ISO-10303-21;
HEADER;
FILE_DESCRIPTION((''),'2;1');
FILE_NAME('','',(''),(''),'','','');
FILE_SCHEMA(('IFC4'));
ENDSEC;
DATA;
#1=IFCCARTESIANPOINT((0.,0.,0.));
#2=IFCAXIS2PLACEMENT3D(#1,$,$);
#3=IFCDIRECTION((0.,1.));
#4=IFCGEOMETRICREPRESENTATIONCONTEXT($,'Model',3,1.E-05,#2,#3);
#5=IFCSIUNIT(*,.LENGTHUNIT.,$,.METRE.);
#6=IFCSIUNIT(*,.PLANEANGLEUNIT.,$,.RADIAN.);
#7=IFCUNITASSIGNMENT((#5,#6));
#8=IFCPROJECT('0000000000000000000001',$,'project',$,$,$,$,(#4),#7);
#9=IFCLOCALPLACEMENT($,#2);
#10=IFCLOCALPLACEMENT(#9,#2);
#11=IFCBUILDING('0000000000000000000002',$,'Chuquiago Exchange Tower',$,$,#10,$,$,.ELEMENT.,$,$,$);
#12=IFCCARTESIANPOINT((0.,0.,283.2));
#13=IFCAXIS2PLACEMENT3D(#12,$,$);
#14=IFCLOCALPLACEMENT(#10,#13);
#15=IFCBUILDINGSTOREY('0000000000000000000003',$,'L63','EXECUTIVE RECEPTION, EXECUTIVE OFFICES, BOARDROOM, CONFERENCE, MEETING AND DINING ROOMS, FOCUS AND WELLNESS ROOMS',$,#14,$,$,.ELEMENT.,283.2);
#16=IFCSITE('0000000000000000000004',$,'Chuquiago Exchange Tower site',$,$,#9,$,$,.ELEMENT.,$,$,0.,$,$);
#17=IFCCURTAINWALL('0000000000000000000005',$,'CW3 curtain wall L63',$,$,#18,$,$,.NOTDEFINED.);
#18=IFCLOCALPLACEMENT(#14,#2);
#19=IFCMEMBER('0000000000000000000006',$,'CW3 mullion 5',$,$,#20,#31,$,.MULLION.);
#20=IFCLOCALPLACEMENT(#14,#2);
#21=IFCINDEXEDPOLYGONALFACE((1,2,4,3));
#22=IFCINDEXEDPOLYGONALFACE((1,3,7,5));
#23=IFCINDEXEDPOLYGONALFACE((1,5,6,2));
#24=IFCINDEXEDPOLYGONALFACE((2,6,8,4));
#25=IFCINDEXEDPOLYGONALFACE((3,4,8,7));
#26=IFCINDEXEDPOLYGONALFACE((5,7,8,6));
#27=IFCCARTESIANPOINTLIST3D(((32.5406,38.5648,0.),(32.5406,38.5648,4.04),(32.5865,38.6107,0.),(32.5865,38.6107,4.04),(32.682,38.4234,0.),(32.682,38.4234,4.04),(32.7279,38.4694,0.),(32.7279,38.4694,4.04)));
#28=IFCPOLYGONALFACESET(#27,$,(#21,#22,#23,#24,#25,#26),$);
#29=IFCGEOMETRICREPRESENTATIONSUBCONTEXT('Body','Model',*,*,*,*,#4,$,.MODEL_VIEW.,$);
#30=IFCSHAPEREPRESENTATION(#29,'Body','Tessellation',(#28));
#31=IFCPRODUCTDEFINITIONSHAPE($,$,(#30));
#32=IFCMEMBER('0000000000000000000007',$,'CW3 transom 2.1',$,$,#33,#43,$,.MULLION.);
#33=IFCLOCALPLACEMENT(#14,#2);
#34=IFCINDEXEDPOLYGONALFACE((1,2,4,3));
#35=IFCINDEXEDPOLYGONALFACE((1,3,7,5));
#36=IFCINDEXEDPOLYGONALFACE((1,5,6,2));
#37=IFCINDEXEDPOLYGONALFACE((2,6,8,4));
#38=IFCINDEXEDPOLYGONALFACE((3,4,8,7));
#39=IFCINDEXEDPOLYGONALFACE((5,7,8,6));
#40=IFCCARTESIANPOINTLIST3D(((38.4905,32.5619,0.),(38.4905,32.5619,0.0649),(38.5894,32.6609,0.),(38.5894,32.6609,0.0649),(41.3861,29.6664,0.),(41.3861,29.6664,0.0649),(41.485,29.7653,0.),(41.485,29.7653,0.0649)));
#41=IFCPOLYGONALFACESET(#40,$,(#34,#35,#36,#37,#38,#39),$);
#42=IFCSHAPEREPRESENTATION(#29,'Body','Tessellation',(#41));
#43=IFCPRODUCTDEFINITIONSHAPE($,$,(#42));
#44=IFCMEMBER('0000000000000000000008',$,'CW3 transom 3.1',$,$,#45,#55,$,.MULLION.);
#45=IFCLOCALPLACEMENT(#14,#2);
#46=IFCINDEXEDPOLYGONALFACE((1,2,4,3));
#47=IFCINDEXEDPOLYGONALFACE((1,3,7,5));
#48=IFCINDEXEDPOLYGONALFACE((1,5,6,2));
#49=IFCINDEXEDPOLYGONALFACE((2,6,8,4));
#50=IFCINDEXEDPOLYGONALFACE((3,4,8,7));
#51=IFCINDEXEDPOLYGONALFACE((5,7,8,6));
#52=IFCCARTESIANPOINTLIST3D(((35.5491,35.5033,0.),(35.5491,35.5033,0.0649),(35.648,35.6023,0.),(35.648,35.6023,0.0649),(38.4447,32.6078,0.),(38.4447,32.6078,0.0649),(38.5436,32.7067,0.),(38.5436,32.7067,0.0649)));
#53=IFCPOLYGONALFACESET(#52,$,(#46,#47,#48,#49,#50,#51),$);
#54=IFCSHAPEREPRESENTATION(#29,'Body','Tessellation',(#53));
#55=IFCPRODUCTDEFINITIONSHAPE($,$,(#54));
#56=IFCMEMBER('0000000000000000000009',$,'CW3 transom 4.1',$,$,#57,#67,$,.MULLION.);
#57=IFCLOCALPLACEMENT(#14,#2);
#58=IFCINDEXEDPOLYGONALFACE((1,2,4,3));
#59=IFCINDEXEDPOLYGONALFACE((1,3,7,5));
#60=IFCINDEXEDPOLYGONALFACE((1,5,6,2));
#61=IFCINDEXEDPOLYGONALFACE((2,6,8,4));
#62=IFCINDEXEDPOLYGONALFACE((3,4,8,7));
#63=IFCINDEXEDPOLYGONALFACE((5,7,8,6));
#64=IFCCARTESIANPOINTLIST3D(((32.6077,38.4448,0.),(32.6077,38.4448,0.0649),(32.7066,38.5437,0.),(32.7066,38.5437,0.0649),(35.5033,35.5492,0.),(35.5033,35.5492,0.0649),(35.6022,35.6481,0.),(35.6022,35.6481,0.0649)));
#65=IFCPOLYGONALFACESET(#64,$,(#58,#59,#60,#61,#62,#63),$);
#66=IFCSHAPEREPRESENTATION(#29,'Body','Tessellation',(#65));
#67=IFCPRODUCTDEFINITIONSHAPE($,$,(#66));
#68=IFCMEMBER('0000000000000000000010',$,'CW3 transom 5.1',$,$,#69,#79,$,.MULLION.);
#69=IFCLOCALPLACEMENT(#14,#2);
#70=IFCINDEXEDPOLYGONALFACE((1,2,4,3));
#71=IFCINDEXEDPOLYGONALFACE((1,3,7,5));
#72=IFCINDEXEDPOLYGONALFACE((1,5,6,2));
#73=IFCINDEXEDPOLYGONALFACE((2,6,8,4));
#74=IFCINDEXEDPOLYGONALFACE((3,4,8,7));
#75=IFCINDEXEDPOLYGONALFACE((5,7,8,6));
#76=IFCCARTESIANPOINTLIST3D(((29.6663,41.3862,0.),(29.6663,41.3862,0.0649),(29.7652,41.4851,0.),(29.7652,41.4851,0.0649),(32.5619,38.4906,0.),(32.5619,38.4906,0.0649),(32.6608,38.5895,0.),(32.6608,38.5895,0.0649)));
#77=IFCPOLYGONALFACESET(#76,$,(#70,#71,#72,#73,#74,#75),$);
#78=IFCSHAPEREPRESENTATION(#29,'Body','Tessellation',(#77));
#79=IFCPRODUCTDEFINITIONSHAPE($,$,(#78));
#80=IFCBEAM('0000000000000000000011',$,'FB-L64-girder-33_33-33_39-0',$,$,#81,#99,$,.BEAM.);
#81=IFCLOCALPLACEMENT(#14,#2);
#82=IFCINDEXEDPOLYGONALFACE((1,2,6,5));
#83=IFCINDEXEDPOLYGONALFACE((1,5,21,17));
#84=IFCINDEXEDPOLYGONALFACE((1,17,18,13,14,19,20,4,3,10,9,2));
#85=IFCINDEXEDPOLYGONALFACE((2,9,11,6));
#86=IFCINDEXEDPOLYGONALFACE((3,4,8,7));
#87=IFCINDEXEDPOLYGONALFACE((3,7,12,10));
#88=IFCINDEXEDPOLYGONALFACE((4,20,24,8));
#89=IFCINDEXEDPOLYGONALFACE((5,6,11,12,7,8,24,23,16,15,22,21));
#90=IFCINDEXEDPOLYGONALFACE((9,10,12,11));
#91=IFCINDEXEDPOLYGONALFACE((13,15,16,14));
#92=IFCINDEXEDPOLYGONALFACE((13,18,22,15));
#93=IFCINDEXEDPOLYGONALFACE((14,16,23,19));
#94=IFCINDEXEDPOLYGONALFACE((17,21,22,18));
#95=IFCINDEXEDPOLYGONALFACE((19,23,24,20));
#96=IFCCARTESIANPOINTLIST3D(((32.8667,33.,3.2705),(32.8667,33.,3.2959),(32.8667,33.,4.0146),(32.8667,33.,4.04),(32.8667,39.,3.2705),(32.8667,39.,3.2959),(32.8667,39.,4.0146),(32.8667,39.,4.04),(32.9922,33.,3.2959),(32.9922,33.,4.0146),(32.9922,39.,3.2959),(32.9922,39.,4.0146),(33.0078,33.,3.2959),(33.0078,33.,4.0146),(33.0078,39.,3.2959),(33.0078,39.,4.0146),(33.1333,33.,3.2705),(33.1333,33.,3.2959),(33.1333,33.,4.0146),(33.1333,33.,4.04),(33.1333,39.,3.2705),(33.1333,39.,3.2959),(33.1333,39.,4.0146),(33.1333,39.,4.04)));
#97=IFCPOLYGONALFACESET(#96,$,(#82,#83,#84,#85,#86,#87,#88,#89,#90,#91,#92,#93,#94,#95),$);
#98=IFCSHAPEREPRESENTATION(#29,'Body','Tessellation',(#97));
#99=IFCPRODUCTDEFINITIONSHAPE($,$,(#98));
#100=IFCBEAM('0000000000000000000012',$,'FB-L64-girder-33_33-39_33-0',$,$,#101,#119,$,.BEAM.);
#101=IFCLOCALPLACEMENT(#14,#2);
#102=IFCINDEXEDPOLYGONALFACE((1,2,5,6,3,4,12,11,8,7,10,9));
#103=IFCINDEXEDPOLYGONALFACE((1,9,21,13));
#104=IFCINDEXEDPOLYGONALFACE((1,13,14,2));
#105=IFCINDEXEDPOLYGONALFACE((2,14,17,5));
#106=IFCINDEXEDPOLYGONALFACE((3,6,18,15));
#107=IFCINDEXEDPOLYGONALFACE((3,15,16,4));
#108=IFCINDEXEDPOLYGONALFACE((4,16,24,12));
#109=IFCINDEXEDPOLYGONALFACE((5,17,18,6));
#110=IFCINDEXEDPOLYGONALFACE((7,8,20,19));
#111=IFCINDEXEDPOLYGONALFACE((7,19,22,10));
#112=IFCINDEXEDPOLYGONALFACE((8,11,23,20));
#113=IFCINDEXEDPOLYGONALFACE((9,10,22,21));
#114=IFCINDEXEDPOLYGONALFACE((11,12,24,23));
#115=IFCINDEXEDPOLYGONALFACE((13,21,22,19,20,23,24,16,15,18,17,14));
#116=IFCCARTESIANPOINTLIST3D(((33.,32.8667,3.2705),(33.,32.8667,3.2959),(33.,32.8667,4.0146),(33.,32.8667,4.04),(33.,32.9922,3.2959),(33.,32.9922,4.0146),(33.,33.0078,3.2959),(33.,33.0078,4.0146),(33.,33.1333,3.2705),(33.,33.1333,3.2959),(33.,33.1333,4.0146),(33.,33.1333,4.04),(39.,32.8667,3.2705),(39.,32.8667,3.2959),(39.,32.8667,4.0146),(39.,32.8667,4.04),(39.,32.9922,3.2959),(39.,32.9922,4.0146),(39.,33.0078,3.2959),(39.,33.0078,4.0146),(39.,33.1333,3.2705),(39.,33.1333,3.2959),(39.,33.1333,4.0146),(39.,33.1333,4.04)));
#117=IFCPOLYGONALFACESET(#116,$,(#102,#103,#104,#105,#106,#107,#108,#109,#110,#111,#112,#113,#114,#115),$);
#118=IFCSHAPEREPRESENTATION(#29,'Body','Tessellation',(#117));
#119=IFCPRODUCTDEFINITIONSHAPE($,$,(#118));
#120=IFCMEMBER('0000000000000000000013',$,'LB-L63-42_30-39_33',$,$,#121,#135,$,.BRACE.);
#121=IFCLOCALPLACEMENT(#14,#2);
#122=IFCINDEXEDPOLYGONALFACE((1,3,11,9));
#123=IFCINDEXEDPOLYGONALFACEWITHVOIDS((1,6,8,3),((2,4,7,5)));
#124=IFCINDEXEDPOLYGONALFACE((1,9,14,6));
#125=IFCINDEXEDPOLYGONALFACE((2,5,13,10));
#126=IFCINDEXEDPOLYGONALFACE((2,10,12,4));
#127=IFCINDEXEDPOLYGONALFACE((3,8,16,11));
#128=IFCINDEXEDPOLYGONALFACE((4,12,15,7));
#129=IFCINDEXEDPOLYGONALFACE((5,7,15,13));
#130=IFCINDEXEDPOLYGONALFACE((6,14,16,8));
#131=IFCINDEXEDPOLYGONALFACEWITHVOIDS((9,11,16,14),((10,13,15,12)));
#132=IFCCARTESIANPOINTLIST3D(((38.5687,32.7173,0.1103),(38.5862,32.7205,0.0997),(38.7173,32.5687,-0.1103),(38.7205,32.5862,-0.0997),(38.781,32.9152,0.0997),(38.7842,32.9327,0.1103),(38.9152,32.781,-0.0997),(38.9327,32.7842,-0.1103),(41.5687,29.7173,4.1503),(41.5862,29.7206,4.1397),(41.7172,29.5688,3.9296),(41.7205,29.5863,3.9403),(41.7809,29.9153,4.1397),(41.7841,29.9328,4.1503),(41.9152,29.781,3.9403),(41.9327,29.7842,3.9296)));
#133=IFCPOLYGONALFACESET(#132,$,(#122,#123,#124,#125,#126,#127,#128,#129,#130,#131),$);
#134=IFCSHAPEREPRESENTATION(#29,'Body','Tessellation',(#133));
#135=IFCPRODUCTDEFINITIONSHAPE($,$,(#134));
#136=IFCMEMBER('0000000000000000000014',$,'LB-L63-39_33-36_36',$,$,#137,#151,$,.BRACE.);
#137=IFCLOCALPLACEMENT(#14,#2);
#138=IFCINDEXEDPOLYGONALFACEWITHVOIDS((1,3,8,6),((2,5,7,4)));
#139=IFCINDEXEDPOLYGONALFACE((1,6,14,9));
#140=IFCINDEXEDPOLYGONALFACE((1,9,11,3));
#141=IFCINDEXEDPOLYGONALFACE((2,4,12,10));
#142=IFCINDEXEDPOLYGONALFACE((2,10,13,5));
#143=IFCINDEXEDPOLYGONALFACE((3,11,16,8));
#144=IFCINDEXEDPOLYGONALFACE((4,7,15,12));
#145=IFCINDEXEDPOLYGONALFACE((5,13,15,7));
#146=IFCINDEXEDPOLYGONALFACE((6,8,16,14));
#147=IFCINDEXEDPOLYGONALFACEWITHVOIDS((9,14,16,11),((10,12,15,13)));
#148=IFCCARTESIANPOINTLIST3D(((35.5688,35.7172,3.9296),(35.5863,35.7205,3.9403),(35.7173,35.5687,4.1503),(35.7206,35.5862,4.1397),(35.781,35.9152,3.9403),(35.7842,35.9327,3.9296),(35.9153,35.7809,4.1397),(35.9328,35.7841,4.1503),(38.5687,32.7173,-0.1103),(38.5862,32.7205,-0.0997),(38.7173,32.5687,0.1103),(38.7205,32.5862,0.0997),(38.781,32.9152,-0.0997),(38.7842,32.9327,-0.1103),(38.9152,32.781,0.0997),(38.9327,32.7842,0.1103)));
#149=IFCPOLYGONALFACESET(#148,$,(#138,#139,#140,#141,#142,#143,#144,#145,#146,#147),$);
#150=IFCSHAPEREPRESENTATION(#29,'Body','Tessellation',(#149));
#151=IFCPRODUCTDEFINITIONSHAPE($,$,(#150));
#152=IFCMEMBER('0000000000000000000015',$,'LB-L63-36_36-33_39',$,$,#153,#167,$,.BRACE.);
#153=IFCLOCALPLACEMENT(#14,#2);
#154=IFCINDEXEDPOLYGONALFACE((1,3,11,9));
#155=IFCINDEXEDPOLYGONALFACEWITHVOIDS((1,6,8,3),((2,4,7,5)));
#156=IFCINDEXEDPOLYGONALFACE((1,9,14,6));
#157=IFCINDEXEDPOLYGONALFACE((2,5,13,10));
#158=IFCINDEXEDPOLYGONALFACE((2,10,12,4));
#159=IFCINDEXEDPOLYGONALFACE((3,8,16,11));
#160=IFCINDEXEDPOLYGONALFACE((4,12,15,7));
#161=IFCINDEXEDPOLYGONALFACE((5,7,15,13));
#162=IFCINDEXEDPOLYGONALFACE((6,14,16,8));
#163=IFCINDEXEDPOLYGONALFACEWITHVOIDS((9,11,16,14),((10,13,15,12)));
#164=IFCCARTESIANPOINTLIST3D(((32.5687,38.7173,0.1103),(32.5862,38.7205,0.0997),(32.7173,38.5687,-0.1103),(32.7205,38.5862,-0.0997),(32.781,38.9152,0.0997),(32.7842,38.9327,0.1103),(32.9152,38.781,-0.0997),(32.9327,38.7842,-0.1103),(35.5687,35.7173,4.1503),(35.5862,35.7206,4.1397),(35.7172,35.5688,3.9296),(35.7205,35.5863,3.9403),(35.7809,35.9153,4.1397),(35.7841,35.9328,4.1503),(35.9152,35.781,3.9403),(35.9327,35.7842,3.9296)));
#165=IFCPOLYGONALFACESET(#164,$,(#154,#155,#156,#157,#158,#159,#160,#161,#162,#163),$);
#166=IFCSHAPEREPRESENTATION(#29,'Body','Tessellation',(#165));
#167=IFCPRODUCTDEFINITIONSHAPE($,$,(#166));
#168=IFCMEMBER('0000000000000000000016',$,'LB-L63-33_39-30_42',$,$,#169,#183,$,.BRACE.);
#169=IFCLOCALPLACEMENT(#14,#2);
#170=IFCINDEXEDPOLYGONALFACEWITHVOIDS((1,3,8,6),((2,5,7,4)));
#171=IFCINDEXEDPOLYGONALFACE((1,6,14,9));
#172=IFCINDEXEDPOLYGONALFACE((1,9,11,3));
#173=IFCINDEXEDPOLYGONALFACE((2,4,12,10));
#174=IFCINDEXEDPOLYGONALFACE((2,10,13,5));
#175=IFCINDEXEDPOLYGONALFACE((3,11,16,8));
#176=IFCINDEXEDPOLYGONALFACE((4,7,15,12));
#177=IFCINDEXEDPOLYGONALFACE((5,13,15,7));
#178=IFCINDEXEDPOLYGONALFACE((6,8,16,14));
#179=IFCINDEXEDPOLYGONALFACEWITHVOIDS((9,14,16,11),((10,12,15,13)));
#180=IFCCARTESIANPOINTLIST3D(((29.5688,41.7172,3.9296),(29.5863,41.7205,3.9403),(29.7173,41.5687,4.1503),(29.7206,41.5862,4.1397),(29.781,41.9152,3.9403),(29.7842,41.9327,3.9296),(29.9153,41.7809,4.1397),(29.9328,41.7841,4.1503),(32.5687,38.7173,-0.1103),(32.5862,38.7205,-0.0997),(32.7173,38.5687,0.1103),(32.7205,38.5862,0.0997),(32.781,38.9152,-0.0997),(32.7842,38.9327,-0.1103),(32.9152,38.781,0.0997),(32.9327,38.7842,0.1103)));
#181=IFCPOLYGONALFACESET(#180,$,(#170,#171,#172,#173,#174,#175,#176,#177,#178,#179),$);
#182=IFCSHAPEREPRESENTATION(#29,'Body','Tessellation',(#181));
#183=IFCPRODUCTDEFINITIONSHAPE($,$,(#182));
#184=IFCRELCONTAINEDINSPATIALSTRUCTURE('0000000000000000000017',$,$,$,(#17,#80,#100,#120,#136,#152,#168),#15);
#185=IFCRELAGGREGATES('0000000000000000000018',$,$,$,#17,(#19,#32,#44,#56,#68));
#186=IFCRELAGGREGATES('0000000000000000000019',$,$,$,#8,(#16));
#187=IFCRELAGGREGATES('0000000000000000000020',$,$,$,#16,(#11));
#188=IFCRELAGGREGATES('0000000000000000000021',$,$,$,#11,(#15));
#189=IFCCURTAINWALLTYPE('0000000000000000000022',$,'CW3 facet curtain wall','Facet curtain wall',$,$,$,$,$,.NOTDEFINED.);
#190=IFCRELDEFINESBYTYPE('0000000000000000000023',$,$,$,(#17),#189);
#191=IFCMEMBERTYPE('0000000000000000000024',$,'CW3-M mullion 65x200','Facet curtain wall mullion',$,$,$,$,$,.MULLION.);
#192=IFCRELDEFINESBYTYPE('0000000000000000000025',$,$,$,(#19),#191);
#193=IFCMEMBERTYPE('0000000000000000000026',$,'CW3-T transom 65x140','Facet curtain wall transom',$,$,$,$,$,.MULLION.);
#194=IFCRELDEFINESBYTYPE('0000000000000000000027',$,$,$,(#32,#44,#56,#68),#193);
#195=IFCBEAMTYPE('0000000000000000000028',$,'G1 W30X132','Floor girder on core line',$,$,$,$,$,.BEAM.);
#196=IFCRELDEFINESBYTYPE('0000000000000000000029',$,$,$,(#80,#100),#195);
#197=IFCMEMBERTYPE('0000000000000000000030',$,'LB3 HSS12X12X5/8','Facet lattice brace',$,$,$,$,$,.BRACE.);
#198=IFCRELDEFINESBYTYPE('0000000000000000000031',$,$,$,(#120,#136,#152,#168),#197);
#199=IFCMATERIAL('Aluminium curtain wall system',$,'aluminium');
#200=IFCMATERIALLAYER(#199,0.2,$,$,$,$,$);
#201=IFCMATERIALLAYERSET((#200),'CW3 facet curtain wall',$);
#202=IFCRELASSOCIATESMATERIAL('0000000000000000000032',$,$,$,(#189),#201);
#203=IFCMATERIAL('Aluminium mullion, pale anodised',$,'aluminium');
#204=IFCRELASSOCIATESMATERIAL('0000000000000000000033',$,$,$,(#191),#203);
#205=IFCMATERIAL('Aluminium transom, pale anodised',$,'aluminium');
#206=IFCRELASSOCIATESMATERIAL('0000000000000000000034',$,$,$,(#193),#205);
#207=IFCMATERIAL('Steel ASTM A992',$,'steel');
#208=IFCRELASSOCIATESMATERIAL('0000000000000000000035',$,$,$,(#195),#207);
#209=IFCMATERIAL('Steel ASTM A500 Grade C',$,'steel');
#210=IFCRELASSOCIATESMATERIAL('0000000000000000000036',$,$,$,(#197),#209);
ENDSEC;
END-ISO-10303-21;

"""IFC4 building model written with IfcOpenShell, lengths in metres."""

from ifc_helpers import new_model, si_unit, direction, frame, origin, origin_2d, place, context, subcontext, project, spatial, rectangle, hollow_rectangle, i_section, extrude, material, layer, layer_set, material_profile, profile_set, type_object, element, aggregate, save


model = new_model("IFC4")

# Units and contexts
model_context = context("Model", 3, precision=1e-05, world=origin(), true_north=direction((0.0, 1.0)))
body_context = subcontext(model_context, "Body", "Model", "MODEL_VIEW")
ifc_project = project(units=[si_unit("LENGTHUNIT", "METRE"), si_unit("PLANEANGLEUNIT", "RADIAN")], contexts=[model_context])

# Site, building, storey
site_placement = place(None, origin())
site = spatial("IfcSite", under=ifc_project, at=site_placement, Name="Chuquiago Exchange Tower site", CompositionType="ELEMENT", RefElevation=0.0)
building_placement = place(site_placement, origin())
building = spatial("IfcBuilding", under=site, at=building_placement, Name="Chuquiago Exchange Tower", CompositionType="ELEMENT")
storey_placement = place(building_placement, frame((0.0, 0.0, 283.2)))
storey = spatial("IfcBuildingStorey", under=building, at=storey_placement, Name="L63", Description="EXECUTIVE RECEPTION, EXECUTIVE OFFICES, BOARDROOM, CONFERENCE, MEETING AND DINING ROOMS, FOCUS AND WELLNESS ROOMS", CompositionType="ELEMENT", Elevation=283.2)

# Curtain wall, members
ifc_material_1 = material(Name="Aluminium curtain wall system", Category="aluminium")
ifc_layer_1 = layer(ifc_material_1, 0.2)
ifc_layer_set_1 = layer_set([ifc_layer_1], Name="CW3 facet curtain wall")
curtain_wall_type = type_object("IfcCurtainWallType", Name="CW3 facet curtain wall", Description="Facet curtain wall", PredefinedType="NOTDEFINED", material=ifc_layer_set_1)
curtain_wall_placement = place(storey_placement, origin())
curtain_wall = element("IfcCurtainWall", 1, at=curtain_wall_placement, inside=storey, type_object=curtain_wall_type, Name="CW3 curtain wall L63", PredefinedType="NOTDEFINED")
ifc_material_2 = material(Name="Aluminium mullion, pale anodised", Category="aluminium")
ifc_material_profile_1 = material_profile(ifc_material_2, rectangle(XDim=0.0649, YDim=0.2, at=origin_2d()), Name="AL 65x200")
ifc_profile_set_1 = profile_set([ifc_material_profile_1], Name="Aluminium mullion, pale anodised")
member_type_1 = type_object("IfcMemberType", Name="CW3-M mullion 65x200", Description="Facet curtain wall mullion", PredefinedType="MULLION", material=ifc_profile_set_1)
member_1_placement = place(storey_placement, frame((32.6343, 38.5171, 0.0), z_axis=(0.0, 0.0, 1.0), x_axis=(-0.707107, -0.707107, 0.0)))
member_1 = element("IfcMember", 2, at=member_1_placement, type_object=member_type_1, Name="CW3 mullion 5", PredefinedType="MULLION", context=body_context, shape_type="SweptSolid", body=[
    extrude(rectangle(XDim=0.0649, YDim=0.2, at=origin_2d()), origin(), (0.0, 0.0, 1.0), 4.04),
])
ifc_material_3 = material(Name="Aluminium transom, pale anodised", Category="aluminium")
ifc_material_profile_2 = material_profile(ifc_material_3, rectangle(XDim=0.1399, YDim=0.0649, at=origin_2d()), Name="AL 140x65")
ifc_profile_set_2 = profile_set([ifc_material_profile_2], Name="Aluminium transom, pale anodised")
member_type_2 = type_object("IfcMemberType", Name="CW3-T transom 65x140", Description="Facet curtain wall transom", PredefinedType="MULLION", material=ifc_profile_set_2)
member_2_placement = place(storey_placement, frame((41.4355, 29.7158, 0.0325), z_axis=(-0.707107, 0.707107, 0.0), x_axis=(-0.707107, -0.707107, 0.0)))
member_2 = element("IfcMember", 3, at=member_2_placement, type_object=member_type_2, Name="CW3 transom 2.1", PredefinedType="MULLION", context=body_context, shape_type="SweptSolid", body=[
    extrude(rectangle(XDim=0.1399, YDim=0.0649, at=origin_2d()), origin(), (0.0, 0.0, 1.0), 4.095),
])
member_3_placement = place(storey_placement, frame((38.4941, 32.6572, 0.0325), z_axis=(-0.707107, 0.707107, 0.0), x_axis=(-0.707107, -0.707107, 0.0)))
member_3 = element("IfcMember", 4, at=member_3_placement, type_object=member_type_2, Name="CW3 transom 3.1", PredefinedType="MULLION", context=body_context, shape_type="SweptSolid", body=[
    extrude(rectangle(XDim=0.1399, YDim=0.0649, at=origin_2d()), origin(), (0.0, 0.0, 1.0), 4.095),
])
member_4_placement = place(storey_placement, frame((35.5527, 35.5986, 0.0325), z_axis=(-0.707107, 0.707107, 0.0), x_axis=(-0.707107, -0.707107, 0.0)))
member_4 = element("IfcMember", 5, at=member_4_placement, type_object=member_type_2, Name="CW3 transom 4.1", PredefinedType="MULLION", context=body_context, shape_type="SweptSolid", body=[
    extrude(rectangle(XDim=0.1399, YDim=0.0649, at=origin_2d()), origin(), (0.0, 0.0, 1.0), 4.095),
])
member_5_placement = place(storey_placement, frame((32.6113, 38.54, 0.0325), z_axis=(-0.707107, 0.707107, 0.0), x_axis=(-0.707107, -0.707107, 0.0)))
member_5 = element("IfcMember", 6, at=member_5_placement, type_object=member_type_2, Name="CW3 transom 5.1", PredefinedType="MULLION", context=body_context, shape_type="SweptSolid", body=[
    extrude(rectangle(XDim=0.1399, YDim=0.0649, at=origin_2d()), origin(), (0.0, 0.0, 1.0), 4.095),
])

# Beams
ifc_material_4 = material(Name="Steel ASTM A992", Category="steel")
ifc_material_profile_3 = material_profile(ifc_material_4, i_section(OverallWidth=0.2666, OverallDepth=0.7695, WebThickness=0.0156, FlangeThickness=0.0254, at=origin_2d()), Name="W30X132")
ifc_profile_set_3 = profile_set([ifc_material_profile_3], Name="Steel ASTM A992")
beam_type_1 = type_object("IfcBeamType", Name="G1 W30X132", Description="Floor girder on core line", PredefinedType="BEAM", material=ifc_profile_set_3)
for number, where, z_axis, x_axis, name in (
    (7, (33.0, 33.0, 3.6553), (0.0, 1.0, 0.0), (-1.0, 0.0, 0.0), "FB-L64-girder-33_33-33_39-0"),
    (8, (33.0, 33.0, 3.6553), (1.0, 0.0, 0.0), (0.0, 1.0, 0.0), "FB-L64-girder-33_33-39_33-0"),
):
    element("IfcBeam", number, at=place(storey_placement, frame(where, z_axis=z_axis, x_axis=x_axis)), inside=storey, type_object=beam_type_1, Name=name, PredefinedType="BEAM", context=body_context, shape_type="SweptSolid", body=[
        extrude(i_section(OverallWidth=0.2666, OverallDepth=0.7695, WebThickness=0.0156, FlangeThickness=0.0254, at=origin_2d()), origin(), (0.0, 0.0, 1.0), 6.0),
    ])

# Members
ifc_material_5 = material(Name="Steel ASTM A500 Grade C", Category="steel")
ifc_material_profile_4 = material_profile(ifc_material_5, hollow_rectangle(XDim=0.3047, YDim=0.3047, WallThickness=0.0146, at=origin_2d()), Name="HSS12X12X5/8")
ifc_profile_set_4 = profile_set([ifc_material_profile_4], Name="Steel ASTM A500 Grade C")
member_type_3 = type_object("IfcMemberType", Name="LB3 HSS12X12X5/8", Description="Facet lattice brace", PredefinedType="BRACE", material=ifc_profile_set_4)
for number, where, z_axis, x_axis, name in (
    (9, (38.7507, 32.7507, 0.0), (0.512077, -0.512077, 0.689604), (0.707107, 0.707107, 0.0), "LB-L63-42_30-39_33"),
    (10, (38.7507, 32.7507, 0.0), (-0.512077, 0.512077, 0.689604), (-0.707107, -0.707107, 0.0), "LB-L63-39_33-36_36"),
    (11, (32.7507, 38.7507, 0.0), (0.512077, -0.512077, 0.689604), (0.707107, 0.707107, 0.0), "LB-L63-36_36-33_39"),
    (12, (32.7507, 38.7507, 0.0), (-0.512077, 0.512077, 0.689604), (-0.707107, -0.707107, 0.0), "LB-L63-33_39-30_42"),
):
    element("IfcMember", number, at=place(storey_placement, frame(where, z_axis=z_axis, x_axis=x_axis)), inside=storey, type_object=member_type_3, Name=name, PredefinedType="BRACE", context=body_context, shape_type="SweptSolid", body=[
        extrude(hollow_rectangle(XDim=0.3047, YDim=0.3047, WallThickness=0.0146, at=origin_2d()), origin(), (0.0, 0.0, 1.0), 5.8584),
    ])

aggregate(curtain_wall, [member_1, member_2, member_3, member_4, member_5])

save(model, "model.ifc")
